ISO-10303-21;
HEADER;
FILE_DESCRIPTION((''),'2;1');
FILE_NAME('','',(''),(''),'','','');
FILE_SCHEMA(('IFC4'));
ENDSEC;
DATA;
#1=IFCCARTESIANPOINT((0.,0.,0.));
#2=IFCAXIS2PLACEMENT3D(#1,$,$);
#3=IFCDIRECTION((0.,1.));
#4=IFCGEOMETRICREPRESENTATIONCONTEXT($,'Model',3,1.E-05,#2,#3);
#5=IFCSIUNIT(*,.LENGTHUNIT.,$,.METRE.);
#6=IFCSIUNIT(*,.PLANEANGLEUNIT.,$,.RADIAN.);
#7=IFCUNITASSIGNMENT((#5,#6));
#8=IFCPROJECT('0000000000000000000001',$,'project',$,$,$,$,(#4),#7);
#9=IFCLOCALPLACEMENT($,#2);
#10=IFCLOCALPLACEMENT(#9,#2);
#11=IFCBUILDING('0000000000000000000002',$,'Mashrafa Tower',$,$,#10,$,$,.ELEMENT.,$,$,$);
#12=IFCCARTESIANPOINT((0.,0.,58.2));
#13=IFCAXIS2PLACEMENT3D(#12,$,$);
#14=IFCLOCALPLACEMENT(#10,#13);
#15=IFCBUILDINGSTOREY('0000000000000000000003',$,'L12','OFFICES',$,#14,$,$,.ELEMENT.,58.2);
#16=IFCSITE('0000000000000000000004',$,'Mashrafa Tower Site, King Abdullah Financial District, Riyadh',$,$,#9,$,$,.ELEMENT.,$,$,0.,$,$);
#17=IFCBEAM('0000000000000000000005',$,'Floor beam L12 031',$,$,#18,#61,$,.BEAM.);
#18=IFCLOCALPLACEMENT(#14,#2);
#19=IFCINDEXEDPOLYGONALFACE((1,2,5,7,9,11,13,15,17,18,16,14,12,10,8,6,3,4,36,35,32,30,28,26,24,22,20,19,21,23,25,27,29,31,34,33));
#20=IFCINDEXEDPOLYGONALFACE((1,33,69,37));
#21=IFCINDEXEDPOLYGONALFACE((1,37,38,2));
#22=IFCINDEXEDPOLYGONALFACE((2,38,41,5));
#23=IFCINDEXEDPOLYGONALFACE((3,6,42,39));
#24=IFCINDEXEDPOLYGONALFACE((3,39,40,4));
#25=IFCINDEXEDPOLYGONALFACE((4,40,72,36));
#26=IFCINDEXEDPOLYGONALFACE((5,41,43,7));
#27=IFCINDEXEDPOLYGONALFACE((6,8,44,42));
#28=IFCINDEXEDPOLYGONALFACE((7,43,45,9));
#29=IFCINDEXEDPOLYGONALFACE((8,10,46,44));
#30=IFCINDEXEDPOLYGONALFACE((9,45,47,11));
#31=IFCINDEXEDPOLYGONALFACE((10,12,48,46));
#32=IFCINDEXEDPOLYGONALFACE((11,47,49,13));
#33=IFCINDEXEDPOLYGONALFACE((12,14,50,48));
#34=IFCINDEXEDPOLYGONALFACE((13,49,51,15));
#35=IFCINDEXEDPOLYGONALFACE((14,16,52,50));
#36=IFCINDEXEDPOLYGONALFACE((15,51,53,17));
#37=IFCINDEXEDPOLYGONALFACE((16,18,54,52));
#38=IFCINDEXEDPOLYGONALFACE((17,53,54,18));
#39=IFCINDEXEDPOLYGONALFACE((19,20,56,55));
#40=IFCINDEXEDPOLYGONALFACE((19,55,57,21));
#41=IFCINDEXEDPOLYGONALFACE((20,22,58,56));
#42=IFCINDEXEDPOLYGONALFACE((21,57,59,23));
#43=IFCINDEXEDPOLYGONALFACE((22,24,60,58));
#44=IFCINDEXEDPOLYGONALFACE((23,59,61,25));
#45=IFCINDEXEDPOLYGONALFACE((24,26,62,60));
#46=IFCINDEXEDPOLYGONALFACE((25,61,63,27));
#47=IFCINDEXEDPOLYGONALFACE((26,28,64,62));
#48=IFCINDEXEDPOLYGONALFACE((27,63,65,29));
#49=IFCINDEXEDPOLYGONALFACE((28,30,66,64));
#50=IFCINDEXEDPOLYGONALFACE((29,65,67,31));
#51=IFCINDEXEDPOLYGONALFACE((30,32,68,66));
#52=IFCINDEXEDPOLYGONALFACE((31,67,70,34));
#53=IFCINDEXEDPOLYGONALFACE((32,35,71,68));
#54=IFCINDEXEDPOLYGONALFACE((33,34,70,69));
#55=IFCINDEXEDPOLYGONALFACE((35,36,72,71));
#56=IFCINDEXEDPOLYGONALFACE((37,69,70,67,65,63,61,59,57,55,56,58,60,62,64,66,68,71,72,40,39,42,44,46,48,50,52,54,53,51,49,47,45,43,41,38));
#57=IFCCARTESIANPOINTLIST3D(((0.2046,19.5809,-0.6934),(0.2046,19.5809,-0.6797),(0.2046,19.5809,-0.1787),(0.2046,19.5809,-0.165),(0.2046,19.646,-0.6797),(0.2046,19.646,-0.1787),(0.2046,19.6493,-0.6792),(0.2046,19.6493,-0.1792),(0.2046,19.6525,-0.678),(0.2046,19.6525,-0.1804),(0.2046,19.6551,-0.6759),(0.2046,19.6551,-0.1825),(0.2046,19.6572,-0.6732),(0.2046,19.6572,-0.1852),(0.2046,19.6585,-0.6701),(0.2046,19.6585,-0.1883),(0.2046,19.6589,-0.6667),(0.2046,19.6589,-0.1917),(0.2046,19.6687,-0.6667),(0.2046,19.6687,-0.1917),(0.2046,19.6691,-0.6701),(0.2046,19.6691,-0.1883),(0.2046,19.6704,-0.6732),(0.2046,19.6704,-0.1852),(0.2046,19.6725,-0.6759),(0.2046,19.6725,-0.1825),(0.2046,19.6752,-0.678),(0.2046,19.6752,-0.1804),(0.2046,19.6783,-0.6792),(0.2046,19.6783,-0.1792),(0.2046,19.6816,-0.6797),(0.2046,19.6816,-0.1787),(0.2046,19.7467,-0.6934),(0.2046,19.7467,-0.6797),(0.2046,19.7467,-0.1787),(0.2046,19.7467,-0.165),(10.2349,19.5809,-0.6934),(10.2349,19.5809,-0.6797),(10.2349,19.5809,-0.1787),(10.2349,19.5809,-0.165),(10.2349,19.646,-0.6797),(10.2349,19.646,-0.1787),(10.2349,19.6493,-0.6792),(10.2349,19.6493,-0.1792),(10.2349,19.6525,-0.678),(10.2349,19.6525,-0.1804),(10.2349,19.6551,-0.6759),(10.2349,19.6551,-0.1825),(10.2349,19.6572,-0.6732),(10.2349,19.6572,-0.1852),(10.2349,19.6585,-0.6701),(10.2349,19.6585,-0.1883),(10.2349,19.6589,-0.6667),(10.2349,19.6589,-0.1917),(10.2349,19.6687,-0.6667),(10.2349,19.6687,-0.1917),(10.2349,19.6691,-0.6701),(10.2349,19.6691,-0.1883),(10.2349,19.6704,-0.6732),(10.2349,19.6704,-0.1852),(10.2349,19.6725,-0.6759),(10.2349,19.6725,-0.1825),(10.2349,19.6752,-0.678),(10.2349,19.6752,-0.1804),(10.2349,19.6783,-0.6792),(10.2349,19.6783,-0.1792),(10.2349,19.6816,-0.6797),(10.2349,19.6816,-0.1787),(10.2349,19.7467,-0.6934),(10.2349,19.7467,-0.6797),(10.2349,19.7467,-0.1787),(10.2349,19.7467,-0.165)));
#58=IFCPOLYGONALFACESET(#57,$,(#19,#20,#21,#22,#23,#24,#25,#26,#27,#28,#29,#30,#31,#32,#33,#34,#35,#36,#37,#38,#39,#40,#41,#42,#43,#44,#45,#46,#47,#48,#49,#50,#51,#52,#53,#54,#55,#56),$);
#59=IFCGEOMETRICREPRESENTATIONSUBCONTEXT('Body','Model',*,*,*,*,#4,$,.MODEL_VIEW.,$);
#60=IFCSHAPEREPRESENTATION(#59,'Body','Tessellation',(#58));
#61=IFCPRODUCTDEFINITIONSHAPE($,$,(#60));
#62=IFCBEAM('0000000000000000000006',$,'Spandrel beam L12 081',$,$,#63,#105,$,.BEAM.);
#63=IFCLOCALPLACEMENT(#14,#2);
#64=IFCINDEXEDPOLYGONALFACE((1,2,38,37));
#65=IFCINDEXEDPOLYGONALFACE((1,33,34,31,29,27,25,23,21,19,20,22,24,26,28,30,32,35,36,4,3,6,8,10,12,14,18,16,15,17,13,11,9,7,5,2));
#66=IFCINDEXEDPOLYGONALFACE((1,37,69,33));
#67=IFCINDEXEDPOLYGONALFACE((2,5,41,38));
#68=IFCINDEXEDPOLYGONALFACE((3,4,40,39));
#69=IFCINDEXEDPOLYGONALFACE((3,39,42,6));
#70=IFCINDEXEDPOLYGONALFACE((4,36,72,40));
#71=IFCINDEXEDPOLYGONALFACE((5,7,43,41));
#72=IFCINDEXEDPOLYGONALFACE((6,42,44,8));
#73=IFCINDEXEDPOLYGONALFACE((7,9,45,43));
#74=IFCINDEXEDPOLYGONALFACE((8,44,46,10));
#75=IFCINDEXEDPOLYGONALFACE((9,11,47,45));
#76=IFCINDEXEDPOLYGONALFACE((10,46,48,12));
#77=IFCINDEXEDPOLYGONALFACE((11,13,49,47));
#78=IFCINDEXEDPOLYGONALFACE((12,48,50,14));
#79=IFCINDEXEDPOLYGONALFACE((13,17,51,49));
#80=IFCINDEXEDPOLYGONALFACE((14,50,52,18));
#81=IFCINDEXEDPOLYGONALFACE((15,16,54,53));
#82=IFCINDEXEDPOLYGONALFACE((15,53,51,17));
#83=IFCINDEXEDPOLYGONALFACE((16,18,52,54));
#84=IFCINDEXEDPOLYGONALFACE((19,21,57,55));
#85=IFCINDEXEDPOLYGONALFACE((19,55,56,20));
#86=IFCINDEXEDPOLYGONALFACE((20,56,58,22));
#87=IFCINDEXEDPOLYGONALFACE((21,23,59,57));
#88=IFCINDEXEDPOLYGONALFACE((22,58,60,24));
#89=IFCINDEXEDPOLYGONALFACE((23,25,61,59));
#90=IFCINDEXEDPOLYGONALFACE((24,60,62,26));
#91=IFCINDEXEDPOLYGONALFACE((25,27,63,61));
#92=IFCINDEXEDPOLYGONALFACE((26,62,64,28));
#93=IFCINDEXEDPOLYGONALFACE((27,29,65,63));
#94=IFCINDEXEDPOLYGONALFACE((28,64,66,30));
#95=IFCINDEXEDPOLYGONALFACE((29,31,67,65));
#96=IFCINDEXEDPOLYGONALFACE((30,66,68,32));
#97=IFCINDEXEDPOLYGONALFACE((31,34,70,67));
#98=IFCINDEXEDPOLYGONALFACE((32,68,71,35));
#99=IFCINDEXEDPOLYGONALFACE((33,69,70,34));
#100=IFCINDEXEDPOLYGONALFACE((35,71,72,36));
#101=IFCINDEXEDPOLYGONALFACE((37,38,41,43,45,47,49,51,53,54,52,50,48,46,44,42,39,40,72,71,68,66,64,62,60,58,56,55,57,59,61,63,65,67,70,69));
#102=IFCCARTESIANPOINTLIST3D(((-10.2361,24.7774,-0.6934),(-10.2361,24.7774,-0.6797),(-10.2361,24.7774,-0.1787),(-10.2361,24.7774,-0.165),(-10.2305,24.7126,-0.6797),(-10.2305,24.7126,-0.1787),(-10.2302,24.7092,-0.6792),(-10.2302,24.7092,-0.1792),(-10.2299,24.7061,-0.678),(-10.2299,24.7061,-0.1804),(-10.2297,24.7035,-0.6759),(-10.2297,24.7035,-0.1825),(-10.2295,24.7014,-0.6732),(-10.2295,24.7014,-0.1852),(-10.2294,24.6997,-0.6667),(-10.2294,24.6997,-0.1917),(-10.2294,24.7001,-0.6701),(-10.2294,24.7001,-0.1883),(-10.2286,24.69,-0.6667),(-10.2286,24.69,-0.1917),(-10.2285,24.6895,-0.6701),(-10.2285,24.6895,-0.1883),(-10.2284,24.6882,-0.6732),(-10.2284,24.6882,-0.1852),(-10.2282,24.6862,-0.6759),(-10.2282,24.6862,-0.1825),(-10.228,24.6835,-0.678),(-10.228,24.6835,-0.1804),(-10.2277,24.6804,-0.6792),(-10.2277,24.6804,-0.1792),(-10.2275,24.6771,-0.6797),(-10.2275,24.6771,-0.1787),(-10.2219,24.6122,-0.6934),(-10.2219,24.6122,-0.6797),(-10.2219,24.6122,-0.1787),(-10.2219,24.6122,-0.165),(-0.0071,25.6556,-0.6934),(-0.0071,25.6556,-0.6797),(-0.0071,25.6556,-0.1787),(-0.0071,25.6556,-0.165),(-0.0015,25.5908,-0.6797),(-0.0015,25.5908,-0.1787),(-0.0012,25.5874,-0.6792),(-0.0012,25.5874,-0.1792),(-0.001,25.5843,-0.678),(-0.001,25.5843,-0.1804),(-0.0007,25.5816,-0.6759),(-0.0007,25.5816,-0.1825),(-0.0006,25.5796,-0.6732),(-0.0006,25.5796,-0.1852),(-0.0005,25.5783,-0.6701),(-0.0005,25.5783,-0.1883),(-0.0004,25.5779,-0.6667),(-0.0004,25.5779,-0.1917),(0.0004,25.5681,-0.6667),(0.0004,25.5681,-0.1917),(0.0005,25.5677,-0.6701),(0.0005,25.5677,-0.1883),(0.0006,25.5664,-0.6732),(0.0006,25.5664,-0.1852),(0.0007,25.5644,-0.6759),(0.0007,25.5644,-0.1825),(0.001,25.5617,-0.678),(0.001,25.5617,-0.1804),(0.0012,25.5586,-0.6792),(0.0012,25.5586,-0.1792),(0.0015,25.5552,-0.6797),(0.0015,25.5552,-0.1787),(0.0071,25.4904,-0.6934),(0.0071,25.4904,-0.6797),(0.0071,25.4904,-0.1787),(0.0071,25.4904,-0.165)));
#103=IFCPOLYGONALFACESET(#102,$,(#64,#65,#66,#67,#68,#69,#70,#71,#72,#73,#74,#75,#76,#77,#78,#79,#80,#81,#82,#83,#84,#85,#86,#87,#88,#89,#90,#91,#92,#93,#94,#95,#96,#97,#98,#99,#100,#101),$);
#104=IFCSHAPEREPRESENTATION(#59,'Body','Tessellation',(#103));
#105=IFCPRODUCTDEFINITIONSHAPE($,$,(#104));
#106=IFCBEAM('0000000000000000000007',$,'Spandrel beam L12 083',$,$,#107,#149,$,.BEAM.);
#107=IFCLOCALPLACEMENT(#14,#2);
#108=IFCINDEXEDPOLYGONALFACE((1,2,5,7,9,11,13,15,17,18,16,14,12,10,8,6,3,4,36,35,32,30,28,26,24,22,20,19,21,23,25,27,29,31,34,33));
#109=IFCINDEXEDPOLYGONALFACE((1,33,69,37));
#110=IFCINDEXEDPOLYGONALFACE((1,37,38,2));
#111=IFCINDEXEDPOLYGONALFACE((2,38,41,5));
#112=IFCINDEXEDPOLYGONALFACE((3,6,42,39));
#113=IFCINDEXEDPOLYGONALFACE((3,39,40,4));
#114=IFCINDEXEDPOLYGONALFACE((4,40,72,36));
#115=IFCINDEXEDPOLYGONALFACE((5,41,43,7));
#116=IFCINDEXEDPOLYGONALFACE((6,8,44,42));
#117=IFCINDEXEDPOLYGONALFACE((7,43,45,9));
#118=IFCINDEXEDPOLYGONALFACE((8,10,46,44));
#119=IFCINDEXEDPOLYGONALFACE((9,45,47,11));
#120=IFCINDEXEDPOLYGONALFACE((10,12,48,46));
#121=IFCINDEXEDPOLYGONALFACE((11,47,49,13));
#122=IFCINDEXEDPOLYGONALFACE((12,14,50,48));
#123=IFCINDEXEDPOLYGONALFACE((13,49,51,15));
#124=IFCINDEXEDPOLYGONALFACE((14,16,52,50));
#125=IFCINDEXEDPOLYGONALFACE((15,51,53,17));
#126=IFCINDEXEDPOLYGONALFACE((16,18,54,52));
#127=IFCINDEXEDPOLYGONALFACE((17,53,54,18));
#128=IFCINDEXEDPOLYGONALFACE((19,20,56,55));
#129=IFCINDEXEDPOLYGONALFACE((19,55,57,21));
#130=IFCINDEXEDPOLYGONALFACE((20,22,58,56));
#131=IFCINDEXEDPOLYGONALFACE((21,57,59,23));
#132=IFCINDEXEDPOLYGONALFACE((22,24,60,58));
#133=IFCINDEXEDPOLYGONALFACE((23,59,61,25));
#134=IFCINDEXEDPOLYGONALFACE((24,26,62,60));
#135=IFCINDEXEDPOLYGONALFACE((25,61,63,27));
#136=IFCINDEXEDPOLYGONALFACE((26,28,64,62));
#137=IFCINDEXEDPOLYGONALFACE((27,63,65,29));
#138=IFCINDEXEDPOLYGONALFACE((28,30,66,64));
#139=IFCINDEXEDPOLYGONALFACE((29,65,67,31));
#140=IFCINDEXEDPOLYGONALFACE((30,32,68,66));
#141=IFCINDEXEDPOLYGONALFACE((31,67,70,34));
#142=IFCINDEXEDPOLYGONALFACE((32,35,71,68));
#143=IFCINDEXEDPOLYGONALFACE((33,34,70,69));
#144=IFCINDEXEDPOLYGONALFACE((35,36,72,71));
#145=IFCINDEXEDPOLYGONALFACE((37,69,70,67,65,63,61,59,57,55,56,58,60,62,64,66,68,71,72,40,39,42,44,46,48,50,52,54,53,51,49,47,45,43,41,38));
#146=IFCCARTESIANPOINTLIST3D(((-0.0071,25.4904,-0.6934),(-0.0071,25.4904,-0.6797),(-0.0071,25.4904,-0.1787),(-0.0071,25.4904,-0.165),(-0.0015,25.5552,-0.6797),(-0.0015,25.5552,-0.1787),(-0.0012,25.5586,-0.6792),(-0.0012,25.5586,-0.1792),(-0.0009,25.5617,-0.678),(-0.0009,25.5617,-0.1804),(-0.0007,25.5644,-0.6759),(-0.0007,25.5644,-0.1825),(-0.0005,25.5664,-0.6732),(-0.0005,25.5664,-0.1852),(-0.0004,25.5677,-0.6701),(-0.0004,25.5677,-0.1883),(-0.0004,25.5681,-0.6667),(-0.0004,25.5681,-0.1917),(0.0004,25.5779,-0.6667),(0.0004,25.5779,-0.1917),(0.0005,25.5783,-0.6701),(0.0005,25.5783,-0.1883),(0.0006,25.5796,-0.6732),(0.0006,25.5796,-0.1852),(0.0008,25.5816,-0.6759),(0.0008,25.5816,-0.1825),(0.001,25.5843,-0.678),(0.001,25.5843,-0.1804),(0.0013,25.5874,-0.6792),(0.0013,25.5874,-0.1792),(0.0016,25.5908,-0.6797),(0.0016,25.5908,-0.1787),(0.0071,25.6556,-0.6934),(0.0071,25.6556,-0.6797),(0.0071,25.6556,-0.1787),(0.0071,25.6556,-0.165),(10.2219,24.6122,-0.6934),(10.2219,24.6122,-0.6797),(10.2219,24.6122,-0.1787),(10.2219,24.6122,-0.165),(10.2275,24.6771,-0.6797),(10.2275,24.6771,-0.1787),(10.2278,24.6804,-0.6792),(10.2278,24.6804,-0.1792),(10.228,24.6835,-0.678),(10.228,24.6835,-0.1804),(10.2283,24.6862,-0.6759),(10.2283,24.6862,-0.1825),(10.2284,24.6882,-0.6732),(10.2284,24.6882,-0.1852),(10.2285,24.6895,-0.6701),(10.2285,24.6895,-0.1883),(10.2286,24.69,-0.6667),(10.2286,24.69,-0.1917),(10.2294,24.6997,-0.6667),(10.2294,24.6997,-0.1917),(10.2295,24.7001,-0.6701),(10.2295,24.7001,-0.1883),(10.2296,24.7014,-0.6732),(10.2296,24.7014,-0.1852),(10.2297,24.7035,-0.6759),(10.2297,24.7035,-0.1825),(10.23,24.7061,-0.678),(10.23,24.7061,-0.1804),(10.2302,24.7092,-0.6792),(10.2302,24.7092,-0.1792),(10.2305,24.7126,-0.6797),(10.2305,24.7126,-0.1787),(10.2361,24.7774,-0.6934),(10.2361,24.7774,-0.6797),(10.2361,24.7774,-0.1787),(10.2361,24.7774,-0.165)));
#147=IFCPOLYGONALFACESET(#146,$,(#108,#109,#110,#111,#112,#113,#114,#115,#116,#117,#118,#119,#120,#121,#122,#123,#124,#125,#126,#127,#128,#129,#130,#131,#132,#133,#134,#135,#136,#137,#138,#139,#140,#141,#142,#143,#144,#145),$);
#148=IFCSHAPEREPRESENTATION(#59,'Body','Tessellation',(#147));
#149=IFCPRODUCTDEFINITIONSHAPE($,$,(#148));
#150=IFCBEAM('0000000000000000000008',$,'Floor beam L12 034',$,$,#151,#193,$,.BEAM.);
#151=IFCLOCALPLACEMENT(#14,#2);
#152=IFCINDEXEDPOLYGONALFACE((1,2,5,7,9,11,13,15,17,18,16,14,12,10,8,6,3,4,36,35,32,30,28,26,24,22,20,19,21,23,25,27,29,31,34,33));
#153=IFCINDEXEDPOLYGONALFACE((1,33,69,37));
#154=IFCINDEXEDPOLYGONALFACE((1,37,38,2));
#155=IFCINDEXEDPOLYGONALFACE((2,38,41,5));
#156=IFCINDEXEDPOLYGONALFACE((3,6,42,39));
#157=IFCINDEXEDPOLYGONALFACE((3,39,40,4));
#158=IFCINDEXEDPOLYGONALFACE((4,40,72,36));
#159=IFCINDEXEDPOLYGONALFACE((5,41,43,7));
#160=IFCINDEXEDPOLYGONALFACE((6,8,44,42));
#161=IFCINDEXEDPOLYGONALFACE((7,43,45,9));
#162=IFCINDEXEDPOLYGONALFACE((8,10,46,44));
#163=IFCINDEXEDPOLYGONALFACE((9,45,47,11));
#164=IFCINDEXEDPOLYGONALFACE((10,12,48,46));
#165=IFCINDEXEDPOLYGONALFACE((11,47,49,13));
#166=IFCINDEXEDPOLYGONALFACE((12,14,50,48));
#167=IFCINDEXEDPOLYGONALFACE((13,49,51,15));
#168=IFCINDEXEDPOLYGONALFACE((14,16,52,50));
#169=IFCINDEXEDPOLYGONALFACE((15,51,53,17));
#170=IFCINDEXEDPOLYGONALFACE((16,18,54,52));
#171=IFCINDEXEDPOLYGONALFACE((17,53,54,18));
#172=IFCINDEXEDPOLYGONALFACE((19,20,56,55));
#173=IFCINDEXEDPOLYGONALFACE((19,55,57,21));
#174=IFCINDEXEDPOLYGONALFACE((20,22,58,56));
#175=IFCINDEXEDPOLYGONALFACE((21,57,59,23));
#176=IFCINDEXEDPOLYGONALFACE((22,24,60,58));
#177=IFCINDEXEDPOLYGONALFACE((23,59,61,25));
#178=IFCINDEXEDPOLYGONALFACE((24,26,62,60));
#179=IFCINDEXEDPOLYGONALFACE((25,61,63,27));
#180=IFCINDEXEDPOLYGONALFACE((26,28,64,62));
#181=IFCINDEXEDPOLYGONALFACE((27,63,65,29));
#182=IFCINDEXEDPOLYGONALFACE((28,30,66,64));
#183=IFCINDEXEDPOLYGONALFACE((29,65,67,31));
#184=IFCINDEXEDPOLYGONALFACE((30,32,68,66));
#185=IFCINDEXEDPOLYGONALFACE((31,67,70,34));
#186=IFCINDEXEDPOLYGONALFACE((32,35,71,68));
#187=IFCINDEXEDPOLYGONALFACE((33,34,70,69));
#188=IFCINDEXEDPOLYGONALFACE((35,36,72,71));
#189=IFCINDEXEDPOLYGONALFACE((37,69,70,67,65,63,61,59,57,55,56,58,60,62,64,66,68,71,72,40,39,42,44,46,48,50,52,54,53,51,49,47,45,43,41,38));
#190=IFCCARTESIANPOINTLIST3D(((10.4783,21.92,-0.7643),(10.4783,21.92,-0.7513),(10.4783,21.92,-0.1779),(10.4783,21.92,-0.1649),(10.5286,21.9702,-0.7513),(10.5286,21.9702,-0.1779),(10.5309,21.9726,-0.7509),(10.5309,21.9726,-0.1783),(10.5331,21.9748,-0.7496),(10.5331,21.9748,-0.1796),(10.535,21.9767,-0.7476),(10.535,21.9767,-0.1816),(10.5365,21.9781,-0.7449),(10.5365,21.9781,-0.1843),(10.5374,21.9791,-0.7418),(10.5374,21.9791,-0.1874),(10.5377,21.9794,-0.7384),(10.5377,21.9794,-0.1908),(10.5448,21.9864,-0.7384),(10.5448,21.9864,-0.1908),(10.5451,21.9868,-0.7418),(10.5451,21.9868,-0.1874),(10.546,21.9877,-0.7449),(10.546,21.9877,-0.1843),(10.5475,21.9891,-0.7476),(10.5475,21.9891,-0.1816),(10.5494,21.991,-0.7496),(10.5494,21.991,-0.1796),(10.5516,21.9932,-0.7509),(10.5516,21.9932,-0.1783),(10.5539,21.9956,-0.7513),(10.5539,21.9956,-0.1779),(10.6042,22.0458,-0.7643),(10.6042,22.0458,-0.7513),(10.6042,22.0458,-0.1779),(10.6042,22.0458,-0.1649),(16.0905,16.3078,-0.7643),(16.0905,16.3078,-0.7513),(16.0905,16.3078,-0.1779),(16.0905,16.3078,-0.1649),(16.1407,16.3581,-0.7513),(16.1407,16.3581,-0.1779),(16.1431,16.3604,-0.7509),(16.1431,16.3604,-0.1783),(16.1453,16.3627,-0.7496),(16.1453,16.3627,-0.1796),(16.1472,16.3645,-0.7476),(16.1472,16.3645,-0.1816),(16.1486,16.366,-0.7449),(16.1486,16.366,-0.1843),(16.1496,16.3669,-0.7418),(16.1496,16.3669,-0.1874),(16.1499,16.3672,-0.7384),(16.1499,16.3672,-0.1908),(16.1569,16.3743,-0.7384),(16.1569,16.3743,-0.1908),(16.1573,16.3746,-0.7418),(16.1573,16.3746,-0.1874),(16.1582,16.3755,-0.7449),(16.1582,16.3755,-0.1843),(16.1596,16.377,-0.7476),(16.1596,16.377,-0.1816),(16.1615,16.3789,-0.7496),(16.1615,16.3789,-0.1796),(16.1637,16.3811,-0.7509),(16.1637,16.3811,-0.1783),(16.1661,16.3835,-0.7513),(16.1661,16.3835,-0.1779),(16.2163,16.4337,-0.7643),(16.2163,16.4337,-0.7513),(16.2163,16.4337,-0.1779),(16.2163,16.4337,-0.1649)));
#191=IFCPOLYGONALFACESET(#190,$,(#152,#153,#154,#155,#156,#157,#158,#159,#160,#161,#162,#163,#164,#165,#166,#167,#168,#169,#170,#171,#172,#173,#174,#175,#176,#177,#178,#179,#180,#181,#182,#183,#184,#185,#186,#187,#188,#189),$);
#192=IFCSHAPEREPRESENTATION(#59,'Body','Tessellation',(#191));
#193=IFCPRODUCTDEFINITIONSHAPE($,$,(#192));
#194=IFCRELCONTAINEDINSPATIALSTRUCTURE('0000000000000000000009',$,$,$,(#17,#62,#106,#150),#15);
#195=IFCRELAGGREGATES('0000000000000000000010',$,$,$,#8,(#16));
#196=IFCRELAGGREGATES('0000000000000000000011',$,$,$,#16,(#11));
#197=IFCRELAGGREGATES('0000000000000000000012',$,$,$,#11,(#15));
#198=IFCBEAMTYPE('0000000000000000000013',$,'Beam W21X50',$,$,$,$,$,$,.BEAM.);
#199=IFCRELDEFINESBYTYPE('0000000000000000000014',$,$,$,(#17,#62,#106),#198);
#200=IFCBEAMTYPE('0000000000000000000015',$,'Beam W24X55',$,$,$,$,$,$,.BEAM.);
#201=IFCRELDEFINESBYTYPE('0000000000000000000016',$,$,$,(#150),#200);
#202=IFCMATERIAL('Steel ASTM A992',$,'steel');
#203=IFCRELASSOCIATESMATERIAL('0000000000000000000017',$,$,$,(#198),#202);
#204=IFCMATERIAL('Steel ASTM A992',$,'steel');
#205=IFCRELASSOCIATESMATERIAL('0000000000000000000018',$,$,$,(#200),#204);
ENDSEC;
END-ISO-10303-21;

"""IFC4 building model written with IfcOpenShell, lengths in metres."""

from ifc_helpers import new_model, si_unit, direction, frame, origin, origin_2d, place, context, subcontext, project, spatial, i_section, extrude, material, material_profile, profile_set, type_object, element, save


model = new_model("IFC4")

# Units and contexts
model_context = context("Model", 3, precision=1e-05, world=origin(), true_north=direction((0.0, 1.0)))
body_context = subcontext(model_context, "Body", "Model", "MODEL_VIEW")
ifc_project = project(units=[si_unit("LENGTHUNIT", "METRE"), si_unit("PLANEANGLEUNIT", "RADIAN")], contexts=[model_context])

# Site, building, storey
site_placement = place(None, origin())
site = spatial("IfcSite", under=ifc_project, at=site_placement, Name="Mashrafa Tower Site, King Abdullah Financial District, Riyadh", CompositionType="ELEMENT", RefElevation=0.0)
building_placement = place(site_placement, origin())
building = spatial("IfcBuilding", under=site, at=building_placement, Name="Mashrafa Tower", CompositionType="ELEMENT")
storey_placement = place(building_placement, frame((0.0, 0.0, 58.2)))
storey = spatial("IfcBuildingStorey", under=building, at=storey_placement, Name="L12", Description="OFFICES", CompositionType="ELEMENT", Elevation=58.2)

# Beams
ifc_material_1 = material(Name="Steel ASTM A992", Category="steel")
ifc_material_profile_1 = material_profile(ifc_material_1, i_section(OverallWidth=0.1658, OverallDepth=0.5283, WebThickness=0.0098, FlangeThickness=0.0137, FilletRadius=0.0129, at=origin_2d()), Name="W21X50")
ifc_profile_set_1 = profile_set([ifc_material_profile_1], Name="Steel ASTM A992")
beam_type_1 = type_object("IfcBeamType", Name="Beam W21X50", PredefinedType="BEAM", material=ifc_profile_set_1)
beam_1_placement = place(storey_placement, frame((0.2046, 19.6638, -0.4292), z_axis=(1.0, 0.0, 0.0), x_axis=(0.0, 1.0, 0.0)))
element("IfcBeam", 1, at=beam_1_placement, inside=storey, type_object=beam_type_1, Name="Floor beam L12 031", PredefinedType="BEAM", context=body_context, shape_type="SweptSolid", body=[
    extrude(i_section(OverallWidth=0.1658, OverallDepth=0.5283, WebThickness=0.0098, FlangeThickness=0.0137, FilletRadius=0.0129, at=origin_2d()), origin(), (0.0, 0.0, 1.0), 10.0303),
])
for number, where, z_axis, x_axis, name in (
    (2, (0.0, 25.573, -0.4292), (-0.996335, -0.085537, 0.0), (0.085537, -0.996335, 0.0), "Spandrel beam L12 081"),
    (3, (10.229, 24.6948, -0.4292), (-0.996335, 0.085537, 0.0), (-0.085537, -0.996335, 0.0), "Spandrel beam L12 083"),
):
    element("IfcBeam", number, at=place(storey_placement, frame(where, z_axis=z_axis, x_axis=x_axis)), inside=storey, type_object=beam_type_1, Name=name, PredefinedType="BEAM", context=body_context, shape_type="SweptSolid", body=[
        extrude(i_section(OverallWidth=0.1658, OverallDepth=0.5283, WebThickness=0.0098, FlangeThickness=0.0137, FilletRadius=0.0129, at=origin_2d()), origin(), (0.0, 0.0, 1.0), 10.2666),
    ])
ifc_material_2 = material(Name="Steel ASTM A992", Category="steel")
ifc_material_profile_2 = material_profile(ifc_material_2, i_section(OverallWidth=0.178, OverallDepth=0.5994, WebThickness=0.01, FlangeThickness=0.0129, FilletRadius=0.0129, at=origin_2d()), Name="W24X55")
ifc_profile_set_2 = profile_set([ifc_material_profile_2], Name="Steel ASTM A992")
beam_type_2 = type_object("IfcBeamType", Name="Beam W24X55", PredefinedType="BEAM", material=ifc_profile_set_2)
beam_2_placement = place(storey_placement, frame((10.5413, 21.9829, -0.4646), z_axis=(0.707107, -0.707107, 0.0), x_axis=(0.707107, 0.707107, 0.0)))
element("IfcBeam", 4, at=beam_2_placement, inside=storey, type_object=beam_type_2, Name="Floor beam L12 034", PredefinedType="BEAM", context=body_context, shape_type="SweptSolid", body=[
    extrude(i_section(OverallWidth=0.178, OverallDepth=0.5994, WebThickness=0.01, FlangeThickness=0.0129, FilletRadius=0.0129, at=origin_2d()), origin(), (0.0, 0.0, 1.0), 7.9368),
])

save(model, "model.ifc")
